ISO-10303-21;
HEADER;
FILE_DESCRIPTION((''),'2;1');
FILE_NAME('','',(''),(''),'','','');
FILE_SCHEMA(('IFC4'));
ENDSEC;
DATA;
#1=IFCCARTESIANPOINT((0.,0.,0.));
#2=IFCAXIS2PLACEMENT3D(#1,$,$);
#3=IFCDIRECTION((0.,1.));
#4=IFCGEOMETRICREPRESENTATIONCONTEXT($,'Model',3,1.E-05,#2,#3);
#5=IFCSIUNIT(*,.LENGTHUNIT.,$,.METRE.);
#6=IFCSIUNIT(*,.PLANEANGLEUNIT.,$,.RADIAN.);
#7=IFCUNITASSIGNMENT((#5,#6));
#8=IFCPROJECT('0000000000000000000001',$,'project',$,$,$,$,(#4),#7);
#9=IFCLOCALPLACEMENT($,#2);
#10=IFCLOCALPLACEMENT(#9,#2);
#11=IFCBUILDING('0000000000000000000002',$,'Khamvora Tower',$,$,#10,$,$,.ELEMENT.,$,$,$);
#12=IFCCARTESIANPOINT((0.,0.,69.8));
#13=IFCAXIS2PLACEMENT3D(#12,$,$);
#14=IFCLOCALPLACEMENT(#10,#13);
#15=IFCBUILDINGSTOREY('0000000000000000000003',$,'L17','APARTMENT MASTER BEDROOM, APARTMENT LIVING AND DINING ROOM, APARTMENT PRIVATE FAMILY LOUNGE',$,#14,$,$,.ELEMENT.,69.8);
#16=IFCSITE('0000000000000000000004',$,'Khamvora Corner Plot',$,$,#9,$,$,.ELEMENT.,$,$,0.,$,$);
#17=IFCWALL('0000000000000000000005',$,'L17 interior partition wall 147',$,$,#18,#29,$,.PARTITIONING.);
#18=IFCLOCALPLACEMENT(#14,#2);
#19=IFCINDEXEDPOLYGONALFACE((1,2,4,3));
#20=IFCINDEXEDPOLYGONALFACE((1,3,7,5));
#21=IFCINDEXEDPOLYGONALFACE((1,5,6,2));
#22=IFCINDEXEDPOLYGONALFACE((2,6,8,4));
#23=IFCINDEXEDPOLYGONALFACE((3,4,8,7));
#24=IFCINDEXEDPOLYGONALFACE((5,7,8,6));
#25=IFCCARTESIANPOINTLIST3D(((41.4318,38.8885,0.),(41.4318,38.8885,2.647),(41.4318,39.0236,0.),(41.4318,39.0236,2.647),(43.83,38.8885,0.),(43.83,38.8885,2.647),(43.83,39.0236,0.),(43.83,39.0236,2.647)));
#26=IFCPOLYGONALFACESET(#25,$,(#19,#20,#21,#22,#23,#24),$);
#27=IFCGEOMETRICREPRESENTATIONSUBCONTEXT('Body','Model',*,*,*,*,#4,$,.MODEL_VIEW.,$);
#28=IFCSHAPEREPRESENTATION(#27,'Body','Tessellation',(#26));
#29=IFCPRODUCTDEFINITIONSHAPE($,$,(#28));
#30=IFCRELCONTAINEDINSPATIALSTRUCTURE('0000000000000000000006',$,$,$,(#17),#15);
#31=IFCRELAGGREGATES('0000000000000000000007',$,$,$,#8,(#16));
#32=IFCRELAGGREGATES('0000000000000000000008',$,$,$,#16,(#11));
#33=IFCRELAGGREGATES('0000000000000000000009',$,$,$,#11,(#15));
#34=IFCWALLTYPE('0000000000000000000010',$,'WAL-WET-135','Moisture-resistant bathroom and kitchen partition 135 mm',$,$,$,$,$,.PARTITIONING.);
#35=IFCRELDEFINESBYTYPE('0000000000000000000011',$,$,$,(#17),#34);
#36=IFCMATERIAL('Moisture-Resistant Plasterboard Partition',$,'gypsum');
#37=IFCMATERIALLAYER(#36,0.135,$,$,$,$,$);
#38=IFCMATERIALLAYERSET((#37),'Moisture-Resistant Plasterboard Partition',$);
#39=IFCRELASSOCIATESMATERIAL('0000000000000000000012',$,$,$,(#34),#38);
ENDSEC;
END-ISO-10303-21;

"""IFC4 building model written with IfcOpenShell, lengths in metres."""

from ifc_helpers import new_model, si_unit, direction, frame, frame_2d, origin, place, context, subcontext, project, spatial, rectangle, extrude, material, layer, layer_set, type_object, element, save


model = new_model("IFC4")

# Units and contexts
model_context = context("Model", 3, precision=1e-05, world=origin(), true_north=direction((0.0, 1.0)))
body_context = subcontext(model_context, "Body", "Model", "MODEL_VIEW")
ifc_project = project(units=[si_unit("LENGTHUNIT", "METRE"), si_unit("PLANEANGLEUNIT", "RADIAN")], contexts=[model_context])

# Site, building, storey
site_placement = place(None, origin())
site = spatial("IfcSite", under=ifc_project, at=site_placement, Name="Khamvora Corner Plot", CompositionType="ELEMENT", RefElevation=0.0)
building_placement = place(site_placement, origin())
building = spatial("IfcBuilding", under=site, at=building_placement, Name="Khamvora Tower", CompositionType="ELEMENT")
storey_placement = place(building_placement, frame((0.0, 0.0, 69.8)))
storey = spatial("IfcBuildingStorey", under=building, at=storey_placement, Name="L17", Description="APARTMENT MASTER BEDROOM, APARTMENT LIVING AND DINING ROOM, APARTMENT PRIVATE FAMILY LOUNGE", CompositionType="ELEMENT", Elevation=69.8)

# Wall
ifc_material_1 = material(Name="Moisture-Resistant Plasterboard Partition", Category="gypsum")
ifc_layer_1 = layer(ifc_material_1, 0.135)
ifc_layer_set_1 = layer_set([ifc_layer_1], Name="Moisture-Resistant Plasterboard Partition")
wall_type_1 = type_object("IfcWallType", Name="WAL-WET-135", Description="Moisture-resistant bathroom and kitchen partition 135 mm", PredefinedType="PARTITIONING", material=ifc_layer_set_1)
wall_1_placement = place(storey_placement, frame((43.8301, 38.9561, 0.0), z_axis=(0.0, 0.0, 1.0), x_axis=(-1.0, 0.0, 0.0)))
element("IfcWall", 1, at=wall_1_placement, inside=storey, type_object=wall_type_1, Name="L17 interior partition wall 147", PredefinedType="PARTITIONING", context=body_context, shape_type="SweptSolid", body=[
    extrude(rectangle(XDim=2.3982, YDim=0.135, at=frame_2d((1.1992, 0.0))), origin(), (0.0, 0.0, 1.0), 2.647),
])

save(model, "model.ifc")
